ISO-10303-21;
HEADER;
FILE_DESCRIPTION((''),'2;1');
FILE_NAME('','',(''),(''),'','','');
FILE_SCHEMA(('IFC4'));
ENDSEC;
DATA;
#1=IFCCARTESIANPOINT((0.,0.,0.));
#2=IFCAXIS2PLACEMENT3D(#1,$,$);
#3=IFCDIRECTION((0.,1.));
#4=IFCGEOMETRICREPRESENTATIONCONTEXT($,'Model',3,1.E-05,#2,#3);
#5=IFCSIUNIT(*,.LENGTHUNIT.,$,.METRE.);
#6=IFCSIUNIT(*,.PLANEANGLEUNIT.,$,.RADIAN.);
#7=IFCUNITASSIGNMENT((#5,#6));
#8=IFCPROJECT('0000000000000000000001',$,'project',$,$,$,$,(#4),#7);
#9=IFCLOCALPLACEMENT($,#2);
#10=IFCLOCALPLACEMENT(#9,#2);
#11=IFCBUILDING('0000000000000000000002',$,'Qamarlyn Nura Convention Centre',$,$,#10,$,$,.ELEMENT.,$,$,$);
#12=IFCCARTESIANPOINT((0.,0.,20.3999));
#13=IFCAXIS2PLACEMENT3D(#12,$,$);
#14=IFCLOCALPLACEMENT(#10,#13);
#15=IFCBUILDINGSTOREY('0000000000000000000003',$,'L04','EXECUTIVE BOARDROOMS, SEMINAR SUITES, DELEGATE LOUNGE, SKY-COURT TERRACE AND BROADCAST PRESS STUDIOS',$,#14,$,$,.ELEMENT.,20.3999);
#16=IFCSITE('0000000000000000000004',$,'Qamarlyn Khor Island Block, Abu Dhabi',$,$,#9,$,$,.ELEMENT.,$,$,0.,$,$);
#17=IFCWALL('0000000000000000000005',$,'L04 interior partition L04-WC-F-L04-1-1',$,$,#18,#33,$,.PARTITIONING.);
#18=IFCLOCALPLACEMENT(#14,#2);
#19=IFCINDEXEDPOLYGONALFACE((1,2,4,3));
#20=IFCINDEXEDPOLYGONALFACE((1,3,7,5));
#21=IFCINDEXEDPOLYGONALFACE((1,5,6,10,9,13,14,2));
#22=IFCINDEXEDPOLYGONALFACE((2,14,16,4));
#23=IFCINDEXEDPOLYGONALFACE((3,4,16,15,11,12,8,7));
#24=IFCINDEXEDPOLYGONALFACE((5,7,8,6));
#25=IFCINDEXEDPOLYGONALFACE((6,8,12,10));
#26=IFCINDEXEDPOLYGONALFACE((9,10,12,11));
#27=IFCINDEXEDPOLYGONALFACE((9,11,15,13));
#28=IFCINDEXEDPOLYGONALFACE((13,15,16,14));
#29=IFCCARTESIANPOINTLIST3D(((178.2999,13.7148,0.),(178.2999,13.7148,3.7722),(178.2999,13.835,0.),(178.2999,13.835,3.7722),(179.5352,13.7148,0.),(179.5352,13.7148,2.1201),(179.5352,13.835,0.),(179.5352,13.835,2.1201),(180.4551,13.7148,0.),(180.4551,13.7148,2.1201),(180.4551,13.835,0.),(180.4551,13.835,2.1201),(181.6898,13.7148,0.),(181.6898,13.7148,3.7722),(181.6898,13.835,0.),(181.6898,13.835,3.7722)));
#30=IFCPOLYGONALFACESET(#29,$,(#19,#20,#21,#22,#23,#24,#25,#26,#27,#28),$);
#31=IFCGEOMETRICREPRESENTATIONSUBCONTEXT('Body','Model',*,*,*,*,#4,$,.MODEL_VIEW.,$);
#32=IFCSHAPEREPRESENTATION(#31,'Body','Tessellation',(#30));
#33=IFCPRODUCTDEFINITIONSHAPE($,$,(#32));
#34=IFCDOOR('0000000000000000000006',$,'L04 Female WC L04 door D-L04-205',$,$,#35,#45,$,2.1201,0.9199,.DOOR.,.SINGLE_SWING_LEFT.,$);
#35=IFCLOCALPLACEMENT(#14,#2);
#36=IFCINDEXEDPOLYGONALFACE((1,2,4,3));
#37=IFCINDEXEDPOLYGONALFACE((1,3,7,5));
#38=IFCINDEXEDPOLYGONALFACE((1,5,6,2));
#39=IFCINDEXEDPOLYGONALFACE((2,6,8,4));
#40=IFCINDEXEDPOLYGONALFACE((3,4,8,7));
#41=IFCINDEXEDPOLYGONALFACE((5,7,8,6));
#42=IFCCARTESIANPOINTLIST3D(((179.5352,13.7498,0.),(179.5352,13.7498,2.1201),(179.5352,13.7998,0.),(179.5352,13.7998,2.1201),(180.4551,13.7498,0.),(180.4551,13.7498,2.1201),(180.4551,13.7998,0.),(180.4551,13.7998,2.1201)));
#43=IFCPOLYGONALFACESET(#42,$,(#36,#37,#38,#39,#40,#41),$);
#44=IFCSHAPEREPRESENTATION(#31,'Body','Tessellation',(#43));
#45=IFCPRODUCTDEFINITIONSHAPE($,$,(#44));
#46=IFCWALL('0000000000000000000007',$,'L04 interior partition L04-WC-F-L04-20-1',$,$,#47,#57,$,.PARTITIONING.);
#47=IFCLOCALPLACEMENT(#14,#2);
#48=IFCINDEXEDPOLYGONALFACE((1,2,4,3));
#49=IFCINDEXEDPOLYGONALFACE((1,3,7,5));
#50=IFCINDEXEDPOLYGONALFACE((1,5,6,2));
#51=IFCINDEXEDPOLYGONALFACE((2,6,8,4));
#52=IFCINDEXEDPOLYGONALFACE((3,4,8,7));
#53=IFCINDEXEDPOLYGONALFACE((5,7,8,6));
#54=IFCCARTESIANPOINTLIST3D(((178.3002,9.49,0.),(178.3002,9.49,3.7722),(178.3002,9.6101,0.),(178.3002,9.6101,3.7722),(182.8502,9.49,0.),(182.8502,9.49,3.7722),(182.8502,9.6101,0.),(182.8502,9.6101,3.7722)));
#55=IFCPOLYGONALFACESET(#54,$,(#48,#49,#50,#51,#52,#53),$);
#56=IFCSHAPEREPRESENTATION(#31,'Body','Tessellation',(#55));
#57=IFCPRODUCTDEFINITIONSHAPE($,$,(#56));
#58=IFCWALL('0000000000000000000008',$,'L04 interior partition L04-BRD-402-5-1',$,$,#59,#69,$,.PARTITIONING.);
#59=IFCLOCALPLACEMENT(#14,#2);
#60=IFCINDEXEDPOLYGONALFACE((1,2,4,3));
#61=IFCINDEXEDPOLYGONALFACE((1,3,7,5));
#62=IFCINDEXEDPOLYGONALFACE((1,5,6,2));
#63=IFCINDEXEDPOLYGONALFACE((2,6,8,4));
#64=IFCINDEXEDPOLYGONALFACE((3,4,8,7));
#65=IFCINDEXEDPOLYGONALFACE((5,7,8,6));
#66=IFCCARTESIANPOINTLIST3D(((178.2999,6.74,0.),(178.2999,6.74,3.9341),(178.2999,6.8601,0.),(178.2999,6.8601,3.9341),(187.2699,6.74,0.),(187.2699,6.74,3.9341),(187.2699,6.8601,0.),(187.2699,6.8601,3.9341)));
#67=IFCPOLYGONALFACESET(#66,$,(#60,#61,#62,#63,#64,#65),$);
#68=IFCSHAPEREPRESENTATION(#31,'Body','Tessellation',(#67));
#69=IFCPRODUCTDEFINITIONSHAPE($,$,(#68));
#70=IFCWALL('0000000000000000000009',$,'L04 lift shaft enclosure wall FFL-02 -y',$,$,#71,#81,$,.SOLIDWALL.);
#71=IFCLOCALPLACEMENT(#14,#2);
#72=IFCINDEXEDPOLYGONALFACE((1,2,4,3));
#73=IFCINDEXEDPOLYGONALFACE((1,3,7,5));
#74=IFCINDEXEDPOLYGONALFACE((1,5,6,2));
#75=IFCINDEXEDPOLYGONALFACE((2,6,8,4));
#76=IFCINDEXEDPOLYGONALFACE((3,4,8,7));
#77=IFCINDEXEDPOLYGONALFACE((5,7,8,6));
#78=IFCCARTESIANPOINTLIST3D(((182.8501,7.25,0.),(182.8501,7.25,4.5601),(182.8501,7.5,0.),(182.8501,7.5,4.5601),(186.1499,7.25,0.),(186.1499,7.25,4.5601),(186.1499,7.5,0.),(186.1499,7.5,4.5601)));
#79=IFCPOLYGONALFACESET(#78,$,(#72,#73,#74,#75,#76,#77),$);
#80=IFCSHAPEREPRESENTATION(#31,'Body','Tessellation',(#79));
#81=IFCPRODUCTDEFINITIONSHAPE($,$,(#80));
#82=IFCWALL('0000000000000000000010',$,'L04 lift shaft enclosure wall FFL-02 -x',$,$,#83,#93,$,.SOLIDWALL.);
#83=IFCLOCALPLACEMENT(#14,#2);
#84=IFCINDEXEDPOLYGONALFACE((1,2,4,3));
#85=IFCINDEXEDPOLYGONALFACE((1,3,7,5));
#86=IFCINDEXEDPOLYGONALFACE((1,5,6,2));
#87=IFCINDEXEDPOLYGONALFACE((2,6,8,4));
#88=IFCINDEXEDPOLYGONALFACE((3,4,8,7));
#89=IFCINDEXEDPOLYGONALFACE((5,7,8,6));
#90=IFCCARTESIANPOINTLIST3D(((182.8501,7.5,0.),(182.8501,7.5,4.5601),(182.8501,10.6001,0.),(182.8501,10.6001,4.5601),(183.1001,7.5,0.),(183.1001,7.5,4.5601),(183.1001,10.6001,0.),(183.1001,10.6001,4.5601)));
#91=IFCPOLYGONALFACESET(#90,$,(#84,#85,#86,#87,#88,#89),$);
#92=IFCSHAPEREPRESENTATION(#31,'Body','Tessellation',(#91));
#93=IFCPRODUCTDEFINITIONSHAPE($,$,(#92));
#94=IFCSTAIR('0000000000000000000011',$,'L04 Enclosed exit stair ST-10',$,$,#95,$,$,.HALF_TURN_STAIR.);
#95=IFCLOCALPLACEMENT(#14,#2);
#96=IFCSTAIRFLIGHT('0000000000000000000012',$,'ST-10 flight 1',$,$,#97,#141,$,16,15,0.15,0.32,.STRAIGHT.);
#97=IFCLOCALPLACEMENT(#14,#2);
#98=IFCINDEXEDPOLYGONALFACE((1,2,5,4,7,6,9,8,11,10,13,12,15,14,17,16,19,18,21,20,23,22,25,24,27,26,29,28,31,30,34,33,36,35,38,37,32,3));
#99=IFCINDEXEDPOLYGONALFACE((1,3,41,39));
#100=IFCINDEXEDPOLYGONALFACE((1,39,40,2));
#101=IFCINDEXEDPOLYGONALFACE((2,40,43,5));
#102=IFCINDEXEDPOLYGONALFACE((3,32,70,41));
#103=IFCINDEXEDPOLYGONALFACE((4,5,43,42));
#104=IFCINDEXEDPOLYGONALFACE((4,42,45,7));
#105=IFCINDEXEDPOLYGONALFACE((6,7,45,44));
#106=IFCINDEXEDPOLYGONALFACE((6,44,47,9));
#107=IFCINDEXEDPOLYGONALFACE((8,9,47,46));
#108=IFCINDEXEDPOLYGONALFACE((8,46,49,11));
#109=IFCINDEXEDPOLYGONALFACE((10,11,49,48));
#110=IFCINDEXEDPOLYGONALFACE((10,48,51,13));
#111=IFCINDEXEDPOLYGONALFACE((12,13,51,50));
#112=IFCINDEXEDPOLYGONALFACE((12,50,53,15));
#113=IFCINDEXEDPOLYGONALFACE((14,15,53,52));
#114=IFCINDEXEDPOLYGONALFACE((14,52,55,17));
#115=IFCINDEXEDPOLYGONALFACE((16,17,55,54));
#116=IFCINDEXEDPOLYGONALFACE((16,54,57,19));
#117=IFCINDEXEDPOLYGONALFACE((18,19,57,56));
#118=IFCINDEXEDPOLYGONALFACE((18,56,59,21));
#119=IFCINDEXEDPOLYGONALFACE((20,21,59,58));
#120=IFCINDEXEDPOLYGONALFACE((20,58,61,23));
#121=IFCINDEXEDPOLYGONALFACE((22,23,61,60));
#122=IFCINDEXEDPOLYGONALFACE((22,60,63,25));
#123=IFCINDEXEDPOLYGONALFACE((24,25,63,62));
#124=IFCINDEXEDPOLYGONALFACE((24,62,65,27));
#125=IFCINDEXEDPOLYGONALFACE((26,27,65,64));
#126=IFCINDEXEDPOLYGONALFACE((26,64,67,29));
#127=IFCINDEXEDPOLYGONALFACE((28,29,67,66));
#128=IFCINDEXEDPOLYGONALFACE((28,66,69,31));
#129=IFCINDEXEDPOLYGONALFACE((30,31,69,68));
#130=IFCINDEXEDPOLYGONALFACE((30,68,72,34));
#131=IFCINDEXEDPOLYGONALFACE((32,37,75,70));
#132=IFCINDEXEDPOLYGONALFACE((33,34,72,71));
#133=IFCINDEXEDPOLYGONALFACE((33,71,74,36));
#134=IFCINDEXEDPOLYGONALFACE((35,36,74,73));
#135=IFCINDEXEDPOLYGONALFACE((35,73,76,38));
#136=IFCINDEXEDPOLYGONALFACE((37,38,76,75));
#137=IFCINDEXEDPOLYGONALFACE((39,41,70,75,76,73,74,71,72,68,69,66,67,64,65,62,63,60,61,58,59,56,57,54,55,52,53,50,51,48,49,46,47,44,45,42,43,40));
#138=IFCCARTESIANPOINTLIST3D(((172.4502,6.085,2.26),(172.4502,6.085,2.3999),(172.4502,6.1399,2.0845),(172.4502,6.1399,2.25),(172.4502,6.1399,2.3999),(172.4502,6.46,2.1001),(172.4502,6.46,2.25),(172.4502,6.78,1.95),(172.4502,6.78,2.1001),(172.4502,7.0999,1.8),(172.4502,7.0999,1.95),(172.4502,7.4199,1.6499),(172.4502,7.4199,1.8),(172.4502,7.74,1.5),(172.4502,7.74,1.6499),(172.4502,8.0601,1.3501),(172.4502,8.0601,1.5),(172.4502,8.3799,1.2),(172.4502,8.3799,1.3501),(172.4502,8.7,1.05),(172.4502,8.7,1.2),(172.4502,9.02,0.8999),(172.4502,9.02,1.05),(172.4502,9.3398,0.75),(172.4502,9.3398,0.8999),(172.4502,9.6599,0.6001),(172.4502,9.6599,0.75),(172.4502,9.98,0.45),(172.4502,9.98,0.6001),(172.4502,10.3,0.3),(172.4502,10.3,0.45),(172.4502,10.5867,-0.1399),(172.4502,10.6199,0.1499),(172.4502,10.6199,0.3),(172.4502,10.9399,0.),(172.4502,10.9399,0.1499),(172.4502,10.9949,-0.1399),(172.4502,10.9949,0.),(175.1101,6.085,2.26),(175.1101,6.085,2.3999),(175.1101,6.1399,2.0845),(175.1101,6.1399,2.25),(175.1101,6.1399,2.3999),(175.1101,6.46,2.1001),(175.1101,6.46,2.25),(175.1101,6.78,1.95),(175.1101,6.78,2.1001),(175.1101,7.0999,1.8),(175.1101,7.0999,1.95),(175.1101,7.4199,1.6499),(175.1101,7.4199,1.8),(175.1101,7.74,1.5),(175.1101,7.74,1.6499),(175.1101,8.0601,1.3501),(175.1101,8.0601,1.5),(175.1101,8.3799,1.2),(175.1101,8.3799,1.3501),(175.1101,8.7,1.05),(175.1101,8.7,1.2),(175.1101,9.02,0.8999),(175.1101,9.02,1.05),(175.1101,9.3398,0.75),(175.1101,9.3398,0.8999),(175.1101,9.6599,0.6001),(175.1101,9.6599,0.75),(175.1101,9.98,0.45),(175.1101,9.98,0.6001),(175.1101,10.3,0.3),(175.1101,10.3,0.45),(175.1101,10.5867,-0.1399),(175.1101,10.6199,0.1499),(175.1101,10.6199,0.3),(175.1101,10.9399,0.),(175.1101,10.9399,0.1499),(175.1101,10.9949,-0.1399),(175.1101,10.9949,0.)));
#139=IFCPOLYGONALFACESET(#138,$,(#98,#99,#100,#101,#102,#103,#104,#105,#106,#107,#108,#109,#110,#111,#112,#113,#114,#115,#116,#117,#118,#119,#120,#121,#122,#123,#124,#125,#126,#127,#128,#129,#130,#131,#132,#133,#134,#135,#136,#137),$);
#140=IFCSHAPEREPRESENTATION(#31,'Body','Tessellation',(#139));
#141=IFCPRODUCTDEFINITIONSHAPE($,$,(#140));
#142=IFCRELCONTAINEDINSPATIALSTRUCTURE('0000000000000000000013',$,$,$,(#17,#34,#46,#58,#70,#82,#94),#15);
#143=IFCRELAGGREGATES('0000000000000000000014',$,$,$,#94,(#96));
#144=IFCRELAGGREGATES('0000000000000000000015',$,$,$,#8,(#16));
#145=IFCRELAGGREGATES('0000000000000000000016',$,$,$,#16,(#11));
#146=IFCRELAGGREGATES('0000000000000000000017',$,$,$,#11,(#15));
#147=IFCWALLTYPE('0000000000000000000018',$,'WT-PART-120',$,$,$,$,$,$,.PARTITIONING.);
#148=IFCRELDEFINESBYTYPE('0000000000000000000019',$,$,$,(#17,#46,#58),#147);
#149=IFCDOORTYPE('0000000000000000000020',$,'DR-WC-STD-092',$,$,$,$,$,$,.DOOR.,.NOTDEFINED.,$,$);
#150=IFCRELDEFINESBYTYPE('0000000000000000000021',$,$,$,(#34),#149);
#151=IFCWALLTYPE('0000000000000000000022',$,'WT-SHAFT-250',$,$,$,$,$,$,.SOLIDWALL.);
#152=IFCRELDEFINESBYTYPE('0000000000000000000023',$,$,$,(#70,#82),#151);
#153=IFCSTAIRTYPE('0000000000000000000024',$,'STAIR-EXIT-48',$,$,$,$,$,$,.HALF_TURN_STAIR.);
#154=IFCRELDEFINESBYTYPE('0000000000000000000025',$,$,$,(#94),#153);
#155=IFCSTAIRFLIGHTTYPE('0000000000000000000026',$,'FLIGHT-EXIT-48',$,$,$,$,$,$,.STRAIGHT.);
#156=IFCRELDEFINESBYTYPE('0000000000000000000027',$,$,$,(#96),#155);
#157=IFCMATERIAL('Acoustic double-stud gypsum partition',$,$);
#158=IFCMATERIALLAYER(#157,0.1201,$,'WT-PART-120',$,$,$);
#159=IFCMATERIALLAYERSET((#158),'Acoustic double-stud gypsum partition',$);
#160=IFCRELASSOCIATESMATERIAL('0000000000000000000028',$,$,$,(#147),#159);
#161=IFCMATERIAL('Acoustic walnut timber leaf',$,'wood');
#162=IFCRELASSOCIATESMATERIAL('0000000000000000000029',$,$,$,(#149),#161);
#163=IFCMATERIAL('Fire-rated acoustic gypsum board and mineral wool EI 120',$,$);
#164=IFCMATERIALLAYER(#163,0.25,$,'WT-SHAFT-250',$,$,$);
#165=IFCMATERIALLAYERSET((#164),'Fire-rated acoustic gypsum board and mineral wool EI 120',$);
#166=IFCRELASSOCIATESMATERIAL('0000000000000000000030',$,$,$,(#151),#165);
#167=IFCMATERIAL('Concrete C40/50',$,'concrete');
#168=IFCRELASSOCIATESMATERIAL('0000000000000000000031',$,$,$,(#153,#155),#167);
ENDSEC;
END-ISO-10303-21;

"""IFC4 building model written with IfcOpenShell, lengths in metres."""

from ifc_helpers import new_model, si_unit, direction, frame, frame_2d, origin, place, context, subcontext, project, spatial, polyline, rectangle, outline, extrude, material, layer, layer_set, type_object, element, fill, aggregate, save


model = new_model("IFC4")

# Units and contexts
model_context = context("Model", 3, precision=1e-05, world=origin(), true_north=direction((0.0, 1.0)))
body_context = subcontext(model_context, "Body", "Model", "MODEL_VIEW")
ifc_project = project(units=[si_unit("LENGTHUNIT", "METRE"), si_unit("PLANEANGLEUNIT", "RADIAN")], contexts=[model_context])

# Site, building, storey
site_placement = place(None, origin())
site = spatial("IfcSite", under=ifc_project, at=site_placement, Name="Qamarlyn Khor Island Block, Abu Dhabi", CompositionType="ELEMENT", RefElevation=0.0)
building_placement = place(site_placement, origin())
building = spatial("IfcBuilding", under=site, at=building_placement, Name="Qamarlyn Nura Convention Centre", CompositionType="ELEMENT")
storey_placement = place(building_placement, frame((0.0, 0.0, 20.3999)))
storey = spatial("IfcBuildingStorey", under=building, at=storey_placement, Name="L04", Description="EXECUTIVE BOARDROOMS, SEMINAR SUITES, DELEGATE LOUNGE, SKY-COURT TERRACE AND BROADCAST PRESS STUDIOS", CompositionType="ELEMENT", Elevation=20.3999)

# Shared definitions
ifc_material_1 = material(Name="Fire-rated acoustic gypsum board and mineral wool EI 120")

# Wall, opening, door
ifc_material_2 = material(Name="Acoustic double-stud gypsum partition")
ifc_layer_1 = layer(ifc_material_2, 0.1201, Name="WT-PART-120")
ifc_layer_set_1 = layer_set([ifc_layer_1], Name="Acoustic double-stud gypsum partition")
wall_type_1 = type_object("IfcWallType", Name="WT-PART-120", PredefinedType="PARTITIONING", material=ifc_layer_set_1)
wall_1_placement = place(storey_placement, frame((178.3, 13.7749, 0.0), z_axis=(0.0, 0.0, 1.0), x_axis=(1.0, 0.0, 0.0)))
wall_1 = element("IfcWall", 1, at=wall_1_placement, inside=storey, type_object=wall_type_1, Name="L04 interior partition L04-WC-F-L04-1-1", PredefinedType="PARTITIONING", context=body_context, shape_type="SweptSolid", body=[
    extrude(rectangle(XDim=3.3899, YDim=0.1201, at=frame_2d((1.6948, 0.0))), origin(), (0.0, 0.0, 1.0), 3.7722),
])
opening_1_placement = place(wall_1_placement, frame((1.2351, 0.0, 0.0)))
opening_1 = element("IfcOpeningElement", 2, at=opening_1_placement, cuts=wall_1, PredefinedType="OPENING", context=body_context, shape_type="SweptSolid", body=[
    extrude(rectangle(XDim=0.9199, YDim=2.1201, at=frame_2d((0.46, 1.0601))), frame((0.0, 0.0701, 0.0), z_axis=(0.0, -1.0, 0.0), x_axis=(1.0, 0.0, 0.0)), (0.0, 0.0, 1.0), 0.1401),
])
ifc_material_3 = material(Name="Acoustic walnut timber leaf", Category="wood")
door_type_1 = type_object("IfcDoorType", Name="DR-WC-STD-092", OperationType="NOTDEFINED", PredefinedType="DOOR", material=ifc_material_3)
door_1_placement = place(opening_1_placement, origin())
door_1 = element("IfcDoor", 3, at=door_1_placement, inside=storey, type_object=door_type_1, Name="L04 Female WC L04 door D-L04-205", OperationType="SINGLE_SWING_LEFT", OverallHeight=2.1201, OverallWidth=0.9199, PredefinedType="DOOR", context=body_context, shape_type="SweptSolid", body=[
    extrude(rectangle(XDim=0.9199, YDim=2.1201, at=frame_2d((0.46, 1.0601))), frame((0.0, 0.0249, 0.0), z_axis=(0.0, -1.0, 0.0), x_axis=(1.0, 0.0, 0.0)), (0.0, 0.0, 1.0), 0.05),
])
fill(opening_1, door_1)

# Walls
wall_2_placement = place(storey_placement, frame((182.8501, 9.55, 0.0), z_axis=(0.0, 0.0, 1.0), x_axis=(-1.0, 0.0, 0.0)))
element("IfcWall", 4, at=wall_2_placement, inside=storey, type_object=wall_type_1, Name="L04 interior partition L04-WC-F-L04-20-1", PredefinedType="PARTITIONING", context=body_context, shape_type="SweptSolid", body=[
    extrude(rectangle(XDim=4.55, YDim=0.1201, at=frame_2d((2.2749, 0.0))), origin(), (0.0, 0.0, 1.0), 3.7722),
])
wall_3_placement = place(storey_placement, frame((178.3, 6.8, 0.0), z_axis=(0.0, 0.0, 1.0), x_axis=(1.0, 0.0, 0.0)))
element("IfcWall", 5, at=wall_3_placement, inside=storey, type_object=wall_type_1, Name="L04 interior partition L04-BRD-402-5-1", PredefinedType="PARTITIONING", context=body_context, shape_type="SweptSolid", body=[
    extrude(rectangle(XDim=8.97, YDim=0.1201, at=frame_2d((4.4849, 0.0))), origin(), (0.0, 0.0, 1.0), 3.9341),
])
ifc_layer_2 = layer(ifc_material_1, 0.25, Name="WT-SHAFT-250")
ifc_layer_set_2 = layer_set([ifc_layer_2], Name="Fire-rated acoustic gypsum board and mineral wool EI 120")
wall_type_2 = type_object("IfcWallType", Name="WT-SHAFT-250", PredefinedType="SOLIDWALL", material=ifc_layer_set_2)
wall_4_placement = place(storey_placement, frame((182.8501, 7.375, 0.0), z_axis=(0.0, 0.0, 1.0), x_axis=(1.0, 0.0, 0.0)))
element("IfcWall", 6, at=wall_4_placement, inside=storey, type_object=wall_type_2, Name="L04 lift shaft enclosure wall FFL-02 -y", PredefinedType="SOLIDWALL", context=body_context, shape_type="SweptSolid", body=[
    extrude(rectangle(XDim=3.2998, YDim=0.25, at=frame_2d((1.6499, 0.0))), origin(), (0.0, 0.0, 1.0), 4.5601),
])
wall_5_placement = place(storey_placement, frame((182.9751, 10.6001, 0.0), z_axis=(0.0, 0.0, 1.0), x_axis=(0.0, -1.0, 0.0)))
element("IfcWall", 7, at=wall_5_placement, inside=storey, type_object=wall_type_2, Name="L04 lift shaft enclosure wall FFL-02 -x", PredefinedType="SOLIDWALL", context=body_context, shape_type="SweptSolid", body=[
    extrude(rectangle(XDim=3.1001, YDim=0.25, at=frame_2d((1.55, 0.0))), origin(), (0.0, 0.0, 1.0), 4.5601),
])

# Stair, stair flight
ifc_material_4 = material(Name="Concrete C40/50", Category="concrete")
stair_type = type_object("IfcStairType", Name="STAIR-EXIT-48", PredefinedType="HALF_TURN_STAIR", material=ifc_material_4)
stair_placement = place(storey_placement, origin())
stair = element("IfcStair", 8, at=stair_placement, inside=storey, type_object=stair_type, Name="L04 Enclosed exit stair ST-10", PredefinedType="HALF_TURN_STAIR")
stair_flight_type = type_object("IfcStairFlightType", Name="FLIGHT-EXIT-48", PredefinedType="STRAIGHT", material=ifc_material_4)
stair_flight_1_placement = place(storey_placement, frame((173.78, 10.9399, 0.0), z_axis=(0.0, 0.0, 1.0), x_axis=(0.0, -1.0, 0.0)))
stair_flight_1 = element("IfcStairFlight", 9, at=stair_flight_1_placement, type_object=stair_flight_type, Name="ST-10 flight 1", NumberOfRisers=16, NumberOfTreads=15, PredefinedType="STRAIGHT", RiserHeight=0.15, TreadLength=0.32, context=body_context, shape_type="SweptSolid", body=[
    extrude(outline(polyline([(-0.0549, 0.0), (0.0, 0.0), (0.0, 0.1499), (0.3201, 0.1499), (0.3201, 0.3), (0.6399, 0.3), (0.6399, 0.45), (0.96, 0.45), (0.96, 0.6001), (1.28, 0.6001), (1.28, 0.75), (1.6001, 0.75), (1.6001, 0.8999), (1.9199, 0.8999), (1.9199, 1.05), (2.24, 1.05), (2.24, 1.2), (2.5601, 1.2), (2.5601, 1.3501), (2.8799, 1.3501), (2.8799, 1.5), (3.2, 1.5), (3.2, 1.6499), (3.52, 1.6499), (3.52, 1.8), (3.8401, 1.8), (3.8401, 1.95), (4.1599, 1.95), (4.1599, 2.1001), (4.48, 2.1001), (4.48, 2.25), (4.8, 2.25), (4.8, 2.3999), (4.855, 2.3999), (4.855, 2.26), (4.8, 2.0845), (0.3533, -0.1399), (-0.0549, -0.1399), (-0.0549, 0.0)])), frame((0.0, 1.3301, 0.0), z_axis=(0.0, -1.0, 0.0), x_axis=(1.0, 0.0, 0.0)), (0.0, 0.0, 1.0), 2.6599),
])
aggregate(stair, [stair_flight_1])

save(model, "model.ifc")
